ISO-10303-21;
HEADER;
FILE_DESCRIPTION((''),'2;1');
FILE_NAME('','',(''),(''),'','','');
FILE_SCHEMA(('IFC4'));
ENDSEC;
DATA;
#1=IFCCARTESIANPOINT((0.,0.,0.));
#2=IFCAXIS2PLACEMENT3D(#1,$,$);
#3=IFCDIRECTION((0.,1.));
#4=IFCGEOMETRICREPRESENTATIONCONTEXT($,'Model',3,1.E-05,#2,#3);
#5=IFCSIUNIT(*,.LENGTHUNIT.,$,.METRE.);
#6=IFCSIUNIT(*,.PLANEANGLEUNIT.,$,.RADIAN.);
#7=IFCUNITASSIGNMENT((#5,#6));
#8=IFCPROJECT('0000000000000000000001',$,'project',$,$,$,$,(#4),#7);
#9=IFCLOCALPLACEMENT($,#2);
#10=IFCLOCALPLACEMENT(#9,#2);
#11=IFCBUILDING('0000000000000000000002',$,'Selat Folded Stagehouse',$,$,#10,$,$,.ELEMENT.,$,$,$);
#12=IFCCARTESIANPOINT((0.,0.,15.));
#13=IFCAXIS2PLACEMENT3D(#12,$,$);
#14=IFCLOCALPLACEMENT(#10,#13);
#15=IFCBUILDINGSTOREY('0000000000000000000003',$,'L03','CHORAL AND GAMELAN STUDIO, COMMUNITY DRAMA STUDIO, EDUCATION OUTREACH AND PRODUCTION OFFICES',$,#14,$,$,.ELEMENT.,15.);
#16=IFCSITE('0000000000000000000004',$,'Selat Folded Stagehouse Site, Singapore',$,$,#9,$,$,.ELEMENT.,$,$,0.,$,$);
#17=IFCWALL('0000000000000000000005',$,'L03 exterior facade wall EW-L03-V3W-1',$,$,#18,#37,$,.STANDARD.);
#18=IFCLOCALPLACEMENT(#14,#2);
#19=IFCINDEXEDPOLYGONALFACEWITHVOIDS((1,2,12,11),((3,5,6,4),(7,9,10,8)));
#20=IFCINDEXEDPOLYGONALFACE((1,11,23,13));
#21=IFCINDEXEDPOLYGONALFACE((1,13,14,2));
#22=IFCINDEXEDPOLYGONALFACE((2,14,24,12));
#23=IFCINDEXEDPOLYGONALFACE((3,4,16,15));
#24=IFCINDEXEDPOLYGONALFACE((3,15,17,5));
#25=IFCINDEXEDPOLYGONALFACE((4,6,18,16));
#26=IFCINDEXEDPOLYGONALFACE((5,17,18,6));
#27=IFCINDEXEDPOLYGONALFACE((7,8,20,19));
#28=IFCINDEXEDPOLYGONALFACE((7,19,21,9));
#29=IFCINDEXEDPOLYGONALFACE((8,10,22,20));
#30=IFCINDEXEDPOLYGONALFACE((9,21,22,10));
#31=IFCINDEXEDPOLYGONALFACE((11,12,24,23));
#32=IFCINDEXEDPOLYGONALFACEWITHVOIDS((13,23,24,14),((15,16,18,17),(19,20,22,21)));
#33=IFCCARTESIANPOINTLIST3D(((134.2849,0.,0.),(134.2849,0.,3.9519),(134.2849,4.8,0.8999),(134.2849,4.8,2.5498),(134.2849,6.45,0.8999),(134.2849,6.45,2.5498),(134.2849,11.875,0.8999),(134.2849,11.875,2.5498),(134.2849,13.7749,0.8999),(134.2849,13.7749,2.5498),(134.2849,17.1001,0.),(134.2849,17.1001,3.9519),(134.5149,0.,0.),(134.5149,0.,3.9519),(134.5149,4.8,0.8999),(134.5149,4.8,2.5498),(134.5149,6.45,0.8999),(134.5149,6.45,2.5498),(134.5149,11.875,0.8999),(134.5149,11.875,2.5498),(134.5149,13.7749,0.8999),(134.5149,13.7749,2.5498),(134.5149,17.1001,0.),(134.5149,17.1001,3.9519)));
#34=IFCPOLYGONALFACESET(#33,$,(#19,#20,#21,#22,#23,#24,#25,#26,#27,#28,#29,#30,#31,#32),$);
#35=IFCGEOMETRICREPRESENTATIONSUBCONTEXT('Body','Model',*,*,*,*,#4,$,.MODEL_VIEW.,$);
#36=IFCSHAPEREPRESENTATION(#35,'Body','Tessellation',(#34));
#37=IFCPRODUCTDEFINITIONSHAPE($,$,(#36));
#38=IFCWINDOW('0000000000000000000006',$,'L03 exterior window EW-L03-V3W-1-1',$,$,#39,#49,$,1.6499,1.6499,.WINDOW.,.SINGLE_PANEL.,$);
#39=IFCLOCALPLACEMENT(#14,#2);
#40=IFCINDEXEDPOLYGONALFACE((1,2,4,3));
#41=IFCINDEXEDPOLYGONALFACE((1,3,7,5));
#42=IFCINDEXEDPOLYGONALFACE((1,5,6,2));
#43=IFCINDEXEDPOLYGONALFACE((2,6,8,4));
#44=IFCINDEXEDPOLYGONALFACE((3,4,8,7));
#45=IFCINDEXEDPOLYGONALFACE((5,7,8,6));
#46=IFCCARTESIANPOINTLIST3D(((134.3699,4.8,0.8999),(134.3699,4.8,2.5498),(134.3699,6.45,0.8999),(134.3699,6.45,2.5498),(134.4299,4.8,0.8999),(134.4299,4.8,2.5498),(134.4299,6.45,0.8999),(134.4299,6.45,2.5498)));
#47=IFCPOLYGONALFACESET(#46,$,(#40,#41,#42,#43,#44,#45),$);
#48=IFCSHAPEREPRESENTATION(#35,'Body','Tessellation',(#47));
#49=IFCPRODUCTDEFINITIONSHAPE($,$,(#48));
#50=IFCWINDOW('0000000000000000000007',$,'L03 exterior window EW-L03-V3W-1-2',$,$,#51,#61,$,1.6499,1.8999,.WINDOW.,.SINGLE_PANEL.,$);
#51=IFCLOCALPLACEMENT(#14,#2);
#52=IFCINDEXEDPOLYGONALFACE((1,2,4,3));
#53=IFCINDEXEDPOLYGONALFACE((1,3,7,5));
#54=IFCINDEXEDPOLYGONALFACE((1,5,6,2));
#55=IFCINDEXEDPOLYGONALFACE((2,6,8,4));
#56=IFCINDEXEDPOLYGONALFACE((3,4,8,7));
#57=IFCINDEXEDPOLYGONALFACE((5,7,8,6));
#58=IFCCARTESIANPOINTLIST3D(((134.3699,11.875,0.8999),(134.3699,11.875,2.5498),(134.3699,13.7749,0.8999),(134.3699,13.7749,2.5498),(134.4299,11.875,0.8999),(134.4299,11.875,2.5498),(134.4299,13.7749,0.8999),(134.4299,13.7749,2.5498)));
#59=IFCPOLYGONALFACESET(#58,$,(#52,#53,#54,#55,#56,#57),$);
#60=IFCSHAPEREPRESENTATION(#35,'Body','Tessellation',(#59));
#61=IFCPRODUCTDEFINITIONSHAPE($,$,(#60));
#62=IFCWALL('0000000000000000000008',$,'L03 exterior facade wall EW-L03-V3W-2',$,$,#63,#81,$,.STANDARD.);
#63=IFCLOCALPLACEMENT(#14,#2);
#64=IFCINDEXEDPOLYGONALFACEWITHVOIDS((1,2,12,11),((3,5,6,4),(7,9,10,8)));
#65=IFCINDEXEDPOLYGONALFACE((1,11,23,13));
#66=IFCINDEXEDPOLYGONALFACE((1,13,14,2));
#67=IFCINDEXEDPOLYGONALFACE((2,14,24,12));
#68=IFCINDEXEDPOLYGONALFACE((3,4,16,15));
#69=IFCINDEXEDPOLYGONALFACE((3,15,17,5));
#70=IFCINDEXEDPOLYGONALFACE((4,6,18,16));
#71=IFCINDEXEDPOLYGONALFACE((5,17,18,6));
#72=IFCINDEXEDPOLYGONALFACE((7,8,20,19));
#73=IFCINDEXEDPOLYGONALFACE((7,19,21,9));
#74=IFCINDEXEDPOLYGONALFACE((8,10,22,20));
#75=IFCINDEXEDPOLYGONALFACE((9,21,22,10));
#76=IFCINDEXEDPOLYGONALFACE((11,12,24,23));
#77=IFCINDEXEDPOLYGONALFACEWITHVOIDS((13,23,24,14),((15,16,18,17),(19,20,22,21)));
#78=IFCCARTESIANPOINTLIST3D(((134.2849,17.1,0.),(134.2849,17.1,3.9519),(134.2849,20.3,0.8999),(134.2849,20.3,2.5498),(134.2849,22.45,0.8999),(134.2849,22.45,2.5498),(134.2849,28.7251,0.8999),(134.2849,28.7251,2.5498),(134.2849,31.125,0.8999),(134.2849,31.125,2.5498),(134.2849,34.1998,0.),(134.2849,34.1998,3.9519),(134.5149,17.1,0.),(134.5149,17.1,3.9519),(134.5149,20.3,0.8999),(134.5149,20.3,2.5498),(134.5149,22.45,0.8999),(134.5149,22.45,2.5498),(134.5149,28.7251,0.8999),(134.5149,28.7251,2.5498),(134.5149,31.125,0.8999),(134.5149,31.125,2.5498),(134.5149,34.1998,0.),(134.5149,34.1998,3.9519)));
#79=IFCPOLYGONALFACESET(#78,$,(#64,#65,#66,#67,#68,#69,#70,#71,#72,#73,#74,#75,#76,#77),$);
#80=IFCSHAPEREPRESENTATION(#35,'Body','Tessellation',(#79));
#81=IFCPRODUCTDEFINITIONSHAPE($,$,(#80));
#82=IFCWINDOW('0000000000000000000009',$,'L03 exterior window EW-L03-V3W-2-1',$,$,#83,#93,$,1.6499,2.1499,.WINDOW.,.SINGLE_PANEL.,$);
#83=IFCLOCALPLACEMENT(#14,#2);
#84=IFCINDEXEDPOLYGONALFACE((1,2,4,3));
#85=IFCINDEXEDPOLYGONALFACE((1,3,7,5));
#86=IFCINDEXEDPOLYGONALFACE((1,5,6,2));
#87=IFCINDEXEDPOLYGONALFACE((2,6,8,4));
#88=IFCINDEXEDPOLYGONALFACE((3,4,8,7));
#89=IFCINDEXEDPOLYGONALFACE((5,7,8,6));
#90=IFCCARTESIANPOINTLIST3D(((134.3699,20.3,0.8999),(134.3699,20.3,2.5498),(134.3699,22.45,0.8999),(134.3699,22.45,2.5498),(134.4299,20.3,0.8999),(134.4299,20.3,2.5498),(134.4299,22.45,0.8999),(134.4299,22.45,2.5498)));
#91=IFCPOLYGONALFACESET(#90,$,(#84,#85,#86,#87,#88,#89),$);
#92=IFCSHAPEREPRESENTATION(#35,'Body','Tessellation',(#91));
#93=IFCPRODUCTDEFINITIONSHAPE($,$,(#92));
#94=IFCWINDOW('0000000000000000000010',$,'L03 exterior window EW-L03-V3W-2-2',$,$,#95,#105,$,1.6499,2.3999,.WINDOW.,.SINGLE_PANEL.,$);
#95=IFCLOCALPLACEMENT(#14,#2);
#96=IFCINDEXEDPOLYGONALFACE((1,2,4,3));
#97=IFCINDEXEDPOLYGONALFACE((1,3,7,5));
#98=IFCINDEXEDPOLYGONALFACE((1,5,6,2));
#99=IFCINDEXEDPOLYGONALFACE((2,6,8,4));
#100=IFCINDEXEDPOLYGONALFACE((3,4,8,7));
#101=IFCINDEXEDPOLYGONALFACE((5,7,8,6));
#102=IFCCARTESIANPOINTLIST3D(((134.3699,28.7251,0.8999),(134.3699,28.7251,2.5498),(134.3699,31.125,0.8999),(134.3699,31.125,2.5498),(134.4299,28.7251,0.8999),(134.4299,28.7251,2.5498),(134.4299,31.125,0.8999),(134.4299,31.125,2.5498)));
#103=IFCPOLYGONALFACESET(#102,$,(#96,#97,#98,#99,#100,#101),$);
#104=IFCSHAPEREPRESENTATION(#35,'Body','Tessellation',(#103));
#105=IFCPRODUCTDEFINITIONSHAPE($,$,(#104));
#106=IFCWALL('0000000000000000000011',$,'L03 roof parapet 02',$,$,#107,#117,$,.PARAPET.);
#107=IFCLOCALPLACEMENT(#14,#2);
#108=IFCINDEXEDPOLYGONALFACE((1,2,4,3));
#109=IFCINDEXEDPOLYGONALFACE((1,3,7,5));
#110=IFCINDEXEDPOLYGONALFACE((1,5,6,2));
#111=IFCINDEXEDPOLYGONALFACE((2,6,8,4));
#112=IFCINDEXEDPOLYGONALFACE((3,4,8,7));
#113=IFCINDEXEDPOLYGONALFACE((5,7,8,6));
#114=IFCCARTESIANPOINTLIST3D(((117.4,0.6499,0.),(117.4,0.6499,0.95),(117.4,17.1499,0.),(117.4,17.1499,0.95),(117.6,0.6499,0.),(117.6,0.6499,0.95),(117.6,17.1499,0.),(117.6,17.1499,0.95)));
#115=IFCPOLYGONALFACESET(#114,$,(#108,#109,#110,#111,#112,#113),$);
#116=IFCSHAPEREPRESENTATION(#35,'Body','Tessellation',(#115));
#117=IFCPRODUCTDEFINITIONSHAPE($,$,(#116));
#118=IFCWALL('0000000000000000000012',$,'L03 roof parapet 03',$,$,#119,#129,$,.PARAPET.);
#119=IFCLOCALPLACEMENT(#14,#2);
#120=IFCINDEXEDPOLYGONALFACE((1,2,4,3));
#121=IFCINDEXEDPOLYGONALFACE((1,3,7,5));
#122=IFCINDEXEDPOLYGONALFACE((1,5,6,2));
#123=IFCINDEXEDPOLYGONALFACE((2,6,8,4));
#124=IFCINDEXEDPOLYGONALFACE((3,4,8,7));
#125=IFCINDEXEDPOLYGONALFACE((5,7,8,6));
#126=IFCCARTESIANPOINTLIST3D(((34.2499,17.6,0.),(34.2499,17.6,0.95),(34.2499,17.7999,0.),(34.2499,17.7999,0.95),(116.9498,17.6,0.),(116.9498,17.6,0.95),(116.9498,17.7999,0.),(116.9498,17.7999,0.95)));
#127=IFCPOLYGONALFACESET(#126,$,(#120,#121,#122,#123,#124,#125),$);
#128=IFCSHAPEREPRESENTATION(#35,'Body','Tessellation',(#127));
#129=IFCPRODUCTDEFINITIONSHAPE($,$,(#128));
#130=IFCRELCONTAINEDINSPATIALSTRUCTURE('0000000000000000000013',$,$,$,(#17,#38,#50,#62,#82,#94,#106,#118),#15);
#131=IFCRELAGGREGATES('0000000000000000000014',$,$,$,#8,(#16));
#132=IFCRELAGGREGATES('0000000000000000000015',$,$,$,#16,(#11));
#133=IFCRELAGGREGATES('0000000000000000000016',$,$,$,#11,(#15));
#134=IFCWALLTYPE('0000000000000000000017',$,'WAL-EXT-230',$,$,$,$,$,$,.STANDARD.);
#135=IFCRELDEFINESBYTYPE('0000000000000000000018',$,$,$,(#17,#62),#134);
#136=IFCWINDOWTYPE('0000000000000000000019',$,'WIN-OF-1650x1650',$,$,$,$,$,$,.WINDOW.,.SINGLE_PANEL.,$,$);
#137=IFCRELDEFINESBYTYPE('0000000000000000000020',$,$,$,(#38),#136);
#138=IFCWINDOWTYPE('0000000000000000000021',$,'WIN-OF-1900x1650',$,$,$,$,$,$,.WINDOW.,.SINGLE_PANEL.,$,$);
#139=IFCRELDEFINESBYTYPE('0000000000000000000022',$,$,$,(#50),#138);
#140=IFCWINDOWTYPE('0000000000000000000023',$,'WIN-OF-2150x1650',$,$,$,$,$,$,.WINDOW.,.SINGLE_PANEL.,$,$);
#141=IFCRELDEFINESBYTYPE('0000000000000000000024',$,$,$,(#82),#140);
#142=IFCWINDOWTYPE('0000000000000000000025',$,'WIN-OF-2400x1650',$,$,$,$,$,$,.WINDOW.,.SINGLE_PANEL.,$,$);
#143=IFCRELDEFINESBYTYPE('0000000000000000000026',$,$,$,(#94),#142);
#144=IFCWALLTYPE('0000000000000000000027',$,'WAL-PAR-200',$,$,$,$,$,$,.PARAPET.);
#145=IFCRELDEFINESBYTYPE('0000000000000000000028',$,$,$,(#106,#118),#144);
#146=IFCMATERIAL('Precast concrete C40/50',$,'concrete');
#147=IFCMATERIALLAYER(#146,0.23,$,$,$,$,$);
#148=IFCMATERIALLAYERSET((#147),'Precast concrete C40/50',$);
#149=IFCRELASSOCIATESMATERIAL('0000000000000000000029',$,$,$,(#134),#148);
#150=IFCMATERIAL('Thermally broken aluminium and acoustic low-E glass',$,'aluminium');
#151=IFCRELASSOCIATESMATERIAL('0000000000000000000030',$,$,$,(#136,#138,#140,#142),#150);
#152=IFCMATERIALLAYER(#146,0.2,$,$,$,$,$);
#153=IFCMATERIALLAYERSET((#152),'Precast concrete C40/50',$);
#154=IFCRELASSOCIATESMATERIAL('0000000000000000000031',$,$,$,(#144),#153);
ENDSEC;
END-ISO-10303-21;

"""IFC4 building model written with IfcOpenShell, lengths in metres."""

from ifc_helpers import new_model, si_unit, direction, frame, frame_2d, origin, place, context, subcontext, project, spatial, rectangle, extrude, material, layer, layer_set, type_object, element, fill, save


model = new_model("IFC4")

# Units and contexts
model_context = context("Model", 3, precision=1e-05, world=origin(), true_north=direction((0.0, 1.0)))
body_context = subcontext(model_context, "Body", "Model", "MODEL_VIEW")
ifc_project = project(units=[si_unit("LENGTHUNIT", "METRE"), si_unit("PLANEANGLEUNIT", "RADIAN")], contexts=[model_context])

# Site, building, storey
site_placement = place(None, origin())
site = spatial("IfcSite", under=ifc_project, at=site_placement, Name="Selat Folded Stagehouse Site, Singapore", CompositionType="ELEMENT", RefElevation=0.0)
building_placement = place(site_placement, origin())
building = spatial("IfcBuilding", under=site, at=building_placement, Name="Selat Folded Stagehouse", CompositionType="ELEMENT")
storey_placement = place(building_placement, frame((0.0, 0.0, 15.0)))
storey = spatial("IfcBuildingStorey", under=building, at=storey_placement, Name="L03", Description="CHORAL AND GAMELAN STUDIO, COMMUNITY DRAMA STUDIO, EDUCATION OUTREACH AND PRODUCTION OFFICES", CompositionType="ELEMENT", Elevation=15.0)

# Walls, openings, windows
ifc_material_1 = material(Name="Precast concrete C40/50", Category="concrete")
ifc_layer_1 = layer(ifc_material_1, 0.23)
ifc_layer_set_1 = layer_set([ifc_layer_1], Name="Precast concrete C40/50")
wall_type_1 = type_object("IfcWallType", Name="WAL-EXT-230", PredefinedType="STANDARD", material=ifc_layer_set_1)
wall_1_placement = place(storey_placement, frame((134.3999, 0.0, 0.0), z_axis=(0.0, 0.0, 1.0), x_axis=(0.0, 1.0, 0.0)))
wall_1 = element("IfcWall", 1, at=wall_1_placement, inside=storey, type_object=wall_type_1, Name="L03 exterior facade wall EW-L03-V3W-1", PredefinedType="STANDARD", context=body_context, shape_type="SweptSolid", body=[
    extrude(rectangle(XDim=17.1001, YDim=0.23, at=frame_2d((8.55, 0.0))), origin(), (0.0, 0.0, 1.0), 3.9519),
])
opening_1_placement = place(wall_1_placement, frame((4.8, 0.0, 0.8999)))
opening_1 = element("IfcOpeningElement", 2, at=opening_1_placement, cuts=wall_1, PredefinedType="OPENING", context=body_context, shape_type="SweptSolid", body=[
    extrude(rectangle(XDim=1.6499, YDim=1.6499, at=frame_2d((0.825, 0.825))), frame((0.0, 0.125, 0.0), z_axis=(0.0, -1.0, 0.0), x_axis=(1.0, 0.0, 0.0)), (0.0, 0.0, 1.0), 0.25),
])
opening_2_placement = place(wall_1_placement, frame((11.875, 0.0, 0.8999)))
opening_2 = element("IfcOpeningElement", 3, at=opening_2_placement, cuts=wall_1, PredefinedType="OPENING", context=body_context, shape_type="SweptSolid", body=[
    extrude(rectangle(XDim=1.8999, YDim=1.6499, at=frame_2d((0.95, 0.825))), frame((0.0, 0.125, 0.0), z_axis=(0.0, -1.0, 0.0), x_axis=(1.0, 0.0, 0.0)), (0.0, 0.0, 1.0), 0.25),
])
ifc_material_2 = material(Name="Thermally broken aluminium and acoustic low-E glass", Category="aluminium")
window_type_1 = type_object("IfcWindowType", Name="WIN-OF-1650x1650", PartitioningType="SINGLE_PANEL", PredefinedType="WINDOW", material=ifc_material_2)
window_1_placement = place(opening_1_placement, origin())
window_1 = element("IfcWindow", 4, at=window_1_placement, inside=storey, type_object=window_type_1, Name="L03 exterior window EW-L03-V3W-1-1", OverallHeight=1.6499, OverallWidth=1.6499, PartitioningType="SINGLE_PANEL", PredefinedType="WINDOW", context=body_context, shape_type="SweptSolid", body=[
    extrude(rectangle(XDim=1.6499, YDim=1.6499, at=frame_2d((0.825, 0.825))), frame((0.0, 0.03, 0.0), z_axis=(0.0, -1.0, 0.0), x_axis=(1.0, 0.0, 0.0)), (0.0, 0.0, 1.0), 0.0601),
])
fill(opening_1, window_1)
window_type_2 = type_object("IfcWindowType", Name="WIN-OF-1900x1650", PartitioningType="SINGLE_PANEL", PredefinedType="WINDOW", material=ifc_material_2)
window_2_placement = place(opening_2_placement, origin())
window_2 = element("IfcWindow", 5, at=window_2_placement, inside=storey, type_object=window_type_2, Name="L03 exterior window EW-L03-V3W-1-2", OverallHeight=1.6499, OverallWidth=1.8999, PartitioningType="SINGLE_PANEL", PredefinedType="WINDOW", context=body_context, shape_type="SweptSolid", body=[
    extrude(rectangle(XDim=1.8999, YDim=1.6499, at=frame_2d((0.95, 0.825))), frame((0.0, 0.03, 0.0), z_axis=(0.0, -1.0, 0.0), x_axis=(1.0, 0.0, 0.0)), (0.0, 0.0, 1.0), 0.0601),
])
fill(opening_2, window_2)
wall_2_placement = place(storey_placement, frame((134.3999, 17.1001, 0.0), z_axis=(0.0, 0.0, 1.0), x_axis=(0.0, 1.0, 0.0)))
wall_2 = element("IfcWall", 6, at=wall_2_placement, inside=storey, type_object=wall_type_1, Name="L03 exterior facade wall EW-L03-V3W-2", PredefinedType="STANDARD", context=body_context, shape_type="SweptSolid", body=[
    extrude(rectangle(XDim=17.0999, YDim=0.23, at=frame_2d((8.5498, 0.0))), origin(), (0.0, 0.0, 1.0), 3.9519),
])
opening_3_placement = place(wall_2_placement, frame((3.2, 0.0, 0.8999)))
opening_3 = element("IfcOpeningElement", 7, at=opening_3_placement, cuts=wall_2, PredefinedType="OPENING", context=body_context, shape_type="SweptSolid", body=[
    extrude(rectangle(XDim=2.1499, YDim=1.6499, at=frame_2d((1.075, 0.825))), frame((0.0, 0.125, 0.0), z_axis=(0.0, -1.0, 0.0), x_axis=(1.0, 0.0, 0.0)), (0.0, 0.0, 1.0), 0.25),
])
opening_4_placement = place(wall_2_placement, frame((11.625, 0.0, 0.8999)))
opening_4 = element("IfcOpeningElement", 8, at=opening_4_placement, cuts=wall_2, PredefinedType="OPENING", context=body_context, shape_type="SweptSolid", body=[
    extrude(rectangle(XDim=2.3999, YDim=1.6499, at=frame_2d((1.2, 0.825))), frame((0.0, 0.125, 0.0), z_axis=(0.0, -1.0, 0.0), x_axis=(1.0, 0.0, 0.0)), (0.0, 0.0, 1.0), 0.25),
])
window_type_3 = type_object("IfcWindowType", Name="WIN-OF-2150x1650", PartitioningType="SINGLE_PANEL", PredefinedType="WINDOW", material=ifc_material_2)
window_3_placement = place(opening_3_placement, origin())
window_3 = element("IfcWindow", 9, at=window_3_placement, inside=storey, type_object=window_type_3, Name="L03 exterior window EW-L03-V3W-2-1", OverallHeight=1.6499, OverallWidth=2.1499, PartitioningType="SINGLE_PANEL", PredefinedType="WINDOW", context=body_context, shape_type="SweptSolid", body=[
    extrude(rectangle(XDim=2.1499, YDim=1.6499, at=frame_2d((1.075, 0.825))), frame((0.0, 0.03, 0.0), z_axis=(0.0, -1.0, 0.0), x_axis=(1.0, 0.0, 0.0)), (0.0, 0.0, 1.0), 0.0601),
])
fill(opening_3, window_3)
window_type_4 = type_object("IfcWindowType", Name="WIN-OF-2400x1650", PartitioningType="SINGLE_PANEL", PredefinedType="WINDOW", material=ifc_material_2)
window_4_placement = place(opening_4_placement, origin())
window_4 = element("IfcWindow", 10, at=window_4_placement, inside=storey, type_object=window_type_4, Name="L03 exterior window EW-L03-V3W-2-2", OverallHeight=1.6499, OverallWidth=2.3999, PartitioningType="SINGLE_PANEL", PredefinedType="WINDOW", context=body_context, shape_type="SweptSolid", body=[
    extrude(rectangle(XDim=2.3999, YDim=1.6499, at=frame_2d((1.2, 0.825))), frame((0.0, 0.03, 0.0), z_axis=(0.0, -1.0, 0.0), x_axis=(1.0, 0.0, 0.0)), (0.0, 0.0, 1.0), 0.0601),
])
fill(opening_4, window_4)

# Walls
ifc_layer_2 = layer(ifc_material_1, 0.2)
ifc_layer_set_2 = layer_set([ifc_layer_2], Name="Precast concrete C40/50")
wall_type_2 = type_object("IfcWallType", Name="WAL-PAR-200", PredefinedType="PARAPET", material=ifc_layer_set_2)
wall_3_placement = place(storey_placement, frame((117.5, 0.6499, 0.0), z_axis=(0.0, 0.0, 1.0), x_axis=(0.0, 1.0, 0.0)))
element("IfcWall", 11, at=wall_3_placement, inside=storey, type_object=wall_type_2, Name="L03 roof parapet 02", PredefinedType="PARAPET", context=body_context, shape_type="SweptSolid", body=[
    extrude(rectangle(XDim=16.5, YDim=0.2, at=frame_2d((8.25, 0.0))), origin(), (0.0, 0.0, 1.0), 0.95),
])
wall_4_placement = place(storey_placement, frame((116.95, 17.7, 0.0), z_axis=(0.0, 0.0, 1.0), x_axis=(-1.0, 0.0, 0.0)))
element("IfcWall", 12, at=wall_4_placement, inside=storey, type_object=wall_type_2, Name="L03 roof parapet 03", PredefinedType="PARAPET", context=body_context, shape_type="SweptSolid", body=[
    extrude(rectangle(XDim=82.7, YDim=0.2, at=frame_2d((41.3501, 0.0))), origin(), (0.0, 0.0, 1.0), 0.95),
])

save(model, "model.ifc")
